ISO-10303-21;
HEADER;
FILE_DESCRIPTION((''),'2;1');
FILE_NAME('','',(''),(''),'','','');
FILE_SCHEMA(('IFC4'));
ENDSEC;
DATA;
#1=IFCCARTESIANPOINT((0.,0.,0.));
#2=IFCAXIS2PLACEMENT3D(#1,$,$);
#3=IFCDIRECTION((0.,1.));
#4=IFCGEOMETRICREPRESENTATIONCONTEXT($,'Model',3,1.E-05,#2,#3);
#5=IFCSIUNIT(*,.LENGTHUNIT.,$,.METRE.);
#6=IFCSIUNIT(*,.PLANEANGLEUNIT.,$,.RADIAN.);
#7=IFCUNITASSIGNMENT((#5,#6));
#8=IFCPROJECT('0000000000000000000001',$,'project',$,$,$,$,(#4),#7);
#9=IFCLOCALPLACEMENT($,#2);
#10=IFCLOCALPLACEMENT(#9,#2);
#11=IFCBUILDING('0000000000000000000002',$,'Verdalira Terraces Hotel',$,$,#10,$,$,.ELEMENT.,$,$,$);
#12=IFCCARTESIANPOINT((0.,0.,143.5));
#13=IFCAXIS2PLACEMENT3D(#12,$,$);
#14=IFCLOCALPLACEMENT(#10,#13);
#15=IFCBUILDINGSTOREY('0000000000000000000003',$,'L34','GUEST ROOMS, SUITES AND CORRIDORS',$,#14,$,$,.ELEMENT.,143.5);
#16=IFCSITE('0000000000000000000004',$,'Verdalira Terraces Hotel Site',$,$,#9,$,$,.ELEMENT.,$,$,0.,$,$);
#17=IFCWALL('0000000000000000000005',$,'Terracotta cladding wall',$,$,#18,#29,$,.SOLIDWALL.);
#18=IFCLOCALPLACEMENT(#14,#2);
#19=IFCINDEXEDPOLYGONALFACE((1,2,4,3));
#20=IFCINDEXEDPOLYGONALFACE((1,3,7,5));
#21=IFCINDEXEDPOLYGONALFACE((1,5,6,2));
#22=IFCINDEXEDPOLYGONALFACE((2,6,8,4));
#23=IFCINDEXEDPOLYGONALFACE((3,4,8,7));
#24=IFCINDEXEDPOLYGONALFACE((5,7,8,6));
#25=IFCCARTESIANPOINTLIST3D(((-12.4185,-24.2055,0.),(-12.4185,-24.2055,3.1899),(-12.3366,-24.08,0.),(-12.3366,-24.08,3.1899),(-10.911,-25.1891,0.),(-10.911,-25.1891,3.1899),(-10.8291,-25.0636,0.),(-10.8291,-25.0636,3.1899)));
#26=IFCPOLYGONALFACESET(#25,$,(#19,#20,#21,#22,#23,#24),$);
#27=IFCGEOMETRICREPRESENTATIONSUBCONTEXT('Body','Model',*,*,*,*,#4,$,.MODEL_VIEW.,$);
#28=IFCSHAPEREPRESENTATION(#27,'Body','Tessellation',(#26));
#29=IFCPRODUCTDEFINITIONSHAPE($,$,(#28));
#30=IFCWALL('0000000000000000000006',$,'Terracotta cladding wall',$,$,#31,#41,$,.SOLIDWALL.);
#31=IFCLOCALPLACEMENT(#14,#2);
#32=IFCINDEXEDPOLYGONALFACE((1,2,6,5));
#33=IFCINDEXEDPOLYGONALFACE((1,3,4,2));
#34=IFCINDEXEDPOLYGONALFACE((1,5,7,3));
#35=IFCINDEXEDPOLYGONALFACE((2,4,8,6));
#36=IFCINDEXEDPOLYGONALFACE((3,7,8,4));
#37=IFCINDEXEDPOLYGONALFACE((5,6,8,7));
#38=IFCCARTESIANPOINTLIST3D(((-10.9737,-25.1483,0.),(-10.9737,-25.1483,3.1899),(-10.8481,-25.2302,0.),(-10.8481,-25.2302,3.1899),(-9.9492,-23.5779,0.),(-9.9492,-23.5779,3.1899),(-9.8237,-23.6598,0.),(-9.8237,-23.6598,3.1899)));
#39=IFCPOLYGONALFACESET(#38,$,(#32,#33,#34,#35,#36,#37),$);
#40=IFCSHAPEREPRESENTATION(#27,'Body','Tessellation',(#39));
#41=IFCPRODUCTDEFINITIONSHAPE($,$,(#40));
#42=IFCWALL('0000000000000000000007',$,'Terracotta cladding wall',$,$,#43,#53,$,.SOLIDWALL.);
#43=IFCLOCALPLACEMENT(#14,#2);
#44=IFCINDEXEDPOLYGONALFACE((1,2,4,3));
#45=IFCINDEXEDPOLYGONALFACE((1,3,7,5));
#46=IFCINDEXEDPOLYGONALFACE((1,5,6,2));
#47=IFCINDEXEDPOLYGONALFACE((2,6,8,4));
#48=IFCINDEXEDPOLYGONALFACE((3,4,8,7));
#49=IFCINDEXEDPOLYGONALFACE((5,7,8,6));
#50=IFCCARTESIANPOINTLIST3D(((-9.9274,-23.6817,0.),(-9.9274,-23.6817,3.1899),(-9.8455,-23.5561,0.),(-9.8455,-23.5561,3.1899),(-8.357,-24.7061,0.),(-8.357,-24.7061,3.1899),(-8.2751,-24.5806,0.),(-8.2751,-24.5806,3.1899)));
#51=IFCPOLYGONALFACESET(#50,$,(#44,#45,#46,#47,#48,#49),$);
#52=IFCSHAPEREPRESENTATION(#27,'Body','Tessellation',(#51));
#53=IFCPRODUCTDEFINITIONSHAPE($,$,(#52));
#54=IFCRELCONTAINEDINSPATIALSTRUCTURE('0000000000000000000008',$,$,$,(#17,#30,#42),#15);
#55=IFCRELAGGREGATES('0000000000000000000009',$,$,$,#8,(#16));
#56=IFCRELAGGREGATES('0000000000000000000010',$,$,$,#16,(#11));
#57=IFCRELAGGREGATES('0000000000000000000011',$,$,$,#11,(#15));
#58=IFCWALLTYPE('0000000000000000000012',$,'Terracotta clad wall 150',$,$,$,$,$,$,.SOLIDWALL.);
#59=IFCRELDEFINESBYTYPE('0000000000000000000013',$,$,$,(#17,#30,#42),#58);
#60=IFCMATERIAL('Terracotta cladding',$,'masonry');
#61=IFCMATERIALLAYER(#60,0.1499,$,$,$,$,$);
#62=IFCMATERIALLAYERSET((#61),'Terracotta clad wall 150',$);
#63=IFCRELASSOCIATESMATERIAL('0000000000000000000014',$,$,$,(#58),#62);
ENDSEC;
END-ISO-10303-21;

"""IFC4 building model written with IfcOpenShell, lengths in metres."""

from ifc_helpers import new_model, si_unit, direction, frame, frame_2d, origin, place, context, subcontext, project, spatial, rectangle, extrude, material, layer, layer_set, type_object, element, save


model = new_model("IFC4")

# Units and contexts
model_context = context("Model", 3, precision=1e-05, world=origin(), true_north=direction((0.0, 1.0)))
body_context = subcontext(model_context, "Body", "Model", "MODEL_VIEW")
ifc_project = project(units=[si_unit("LENGTHUNIT", "METRE"), si_unit("PLANEANGLEUNIT", "RADIAN")], contexts=[model_context])

# Site, building, storey
site_placement = place(None, origin())
site = spatial("IfcSite", under=ifc_project, at=site_placement, Name="Verdalira Terraces Hotel Site", CompositionType="ELEMENT", RefElevation=0.0)
building_placement = place(site_placement, origin())
building = spatial("IfcBuilding", under=site, at=building_placement, Name="Verdalira Terraces Hotel", CompositionType="ELEMENT")
storey_placement = place(building_placement, frame((0.0, 0.0, 143.5)))
storey = spatial("IfcBuildingStorey", under=building, at=storey_placement, Name="L34", Description="GUEST ROOMS, SUITES AND CORRIDORS", CompositionType="ELEMENT", Elevation=143.5)

# Walls
ifc_material_1 = material(Name="Terracotta cladding", Category="masonry")
ifc_layer_1 = layer(ifc_material_1, 0.1499)
ifc_layer_set_1 = layer_set([ifc_layer_1], Name="Terracotta clad wall 150")
wall_type_1 = type_object("IfcWallType", Name="Terracotta clad wall 150", PredefinedType="SOLIDWALL", material=ifc_layer_set_1)
wall_1_placement = place(storey_placement, frame((-12.3774, -24.1428, 0.0), z_axis=(0.0, 0.0, 1.0), x_axis=(0.837497, -0.546442, 0.0)))
element("IfcWall", 1, at=wall_1_placement, inside=storey, type_object=wall_type_1, Name="Terracotta cladding wall", PredefinedType="SOLIDWALL", context=body_context, shape_type="SweptSolid", body=[
    extrude(rectangle(XDim=1.8, YDim=0.1499, at=frame_2d((0.8999, 0.0))), origin(), (0.0, 0.0, 1.0), 3.1899),
])
for number, where, z_axis, x_axis, name in (
    (2, (-10.9109, -25.1892, 0.0), (0.0, 0.0, 1.0), (0.546379, 0.837538, 0.0), "Terracotta cladding wall"),
    (3, (-9.8865, -23.6189, 0.0), (0.0, 0.0, 1.0), (0.837538, -0.546379, 0.0), "Terracotta cladding wall"),
):
    element("IfcWall", number, at=place(storey_placement, frame(where, z_axis=z_axis, x_axis=x_axis)), inside=storey, type_object=wall_type_1, Name=name, PredefinedType="SOLIDWALL", context=body_context, shape_type="SweptSolid", body=[
        extrude(rectangle(XDim=1.875, YDim=0.1499, at=frame_2d((0.9375, 0.0))), origin(), (0.0, 0.0, 1.0), 3.1899),
    ])

save(model, "model.ifc")
